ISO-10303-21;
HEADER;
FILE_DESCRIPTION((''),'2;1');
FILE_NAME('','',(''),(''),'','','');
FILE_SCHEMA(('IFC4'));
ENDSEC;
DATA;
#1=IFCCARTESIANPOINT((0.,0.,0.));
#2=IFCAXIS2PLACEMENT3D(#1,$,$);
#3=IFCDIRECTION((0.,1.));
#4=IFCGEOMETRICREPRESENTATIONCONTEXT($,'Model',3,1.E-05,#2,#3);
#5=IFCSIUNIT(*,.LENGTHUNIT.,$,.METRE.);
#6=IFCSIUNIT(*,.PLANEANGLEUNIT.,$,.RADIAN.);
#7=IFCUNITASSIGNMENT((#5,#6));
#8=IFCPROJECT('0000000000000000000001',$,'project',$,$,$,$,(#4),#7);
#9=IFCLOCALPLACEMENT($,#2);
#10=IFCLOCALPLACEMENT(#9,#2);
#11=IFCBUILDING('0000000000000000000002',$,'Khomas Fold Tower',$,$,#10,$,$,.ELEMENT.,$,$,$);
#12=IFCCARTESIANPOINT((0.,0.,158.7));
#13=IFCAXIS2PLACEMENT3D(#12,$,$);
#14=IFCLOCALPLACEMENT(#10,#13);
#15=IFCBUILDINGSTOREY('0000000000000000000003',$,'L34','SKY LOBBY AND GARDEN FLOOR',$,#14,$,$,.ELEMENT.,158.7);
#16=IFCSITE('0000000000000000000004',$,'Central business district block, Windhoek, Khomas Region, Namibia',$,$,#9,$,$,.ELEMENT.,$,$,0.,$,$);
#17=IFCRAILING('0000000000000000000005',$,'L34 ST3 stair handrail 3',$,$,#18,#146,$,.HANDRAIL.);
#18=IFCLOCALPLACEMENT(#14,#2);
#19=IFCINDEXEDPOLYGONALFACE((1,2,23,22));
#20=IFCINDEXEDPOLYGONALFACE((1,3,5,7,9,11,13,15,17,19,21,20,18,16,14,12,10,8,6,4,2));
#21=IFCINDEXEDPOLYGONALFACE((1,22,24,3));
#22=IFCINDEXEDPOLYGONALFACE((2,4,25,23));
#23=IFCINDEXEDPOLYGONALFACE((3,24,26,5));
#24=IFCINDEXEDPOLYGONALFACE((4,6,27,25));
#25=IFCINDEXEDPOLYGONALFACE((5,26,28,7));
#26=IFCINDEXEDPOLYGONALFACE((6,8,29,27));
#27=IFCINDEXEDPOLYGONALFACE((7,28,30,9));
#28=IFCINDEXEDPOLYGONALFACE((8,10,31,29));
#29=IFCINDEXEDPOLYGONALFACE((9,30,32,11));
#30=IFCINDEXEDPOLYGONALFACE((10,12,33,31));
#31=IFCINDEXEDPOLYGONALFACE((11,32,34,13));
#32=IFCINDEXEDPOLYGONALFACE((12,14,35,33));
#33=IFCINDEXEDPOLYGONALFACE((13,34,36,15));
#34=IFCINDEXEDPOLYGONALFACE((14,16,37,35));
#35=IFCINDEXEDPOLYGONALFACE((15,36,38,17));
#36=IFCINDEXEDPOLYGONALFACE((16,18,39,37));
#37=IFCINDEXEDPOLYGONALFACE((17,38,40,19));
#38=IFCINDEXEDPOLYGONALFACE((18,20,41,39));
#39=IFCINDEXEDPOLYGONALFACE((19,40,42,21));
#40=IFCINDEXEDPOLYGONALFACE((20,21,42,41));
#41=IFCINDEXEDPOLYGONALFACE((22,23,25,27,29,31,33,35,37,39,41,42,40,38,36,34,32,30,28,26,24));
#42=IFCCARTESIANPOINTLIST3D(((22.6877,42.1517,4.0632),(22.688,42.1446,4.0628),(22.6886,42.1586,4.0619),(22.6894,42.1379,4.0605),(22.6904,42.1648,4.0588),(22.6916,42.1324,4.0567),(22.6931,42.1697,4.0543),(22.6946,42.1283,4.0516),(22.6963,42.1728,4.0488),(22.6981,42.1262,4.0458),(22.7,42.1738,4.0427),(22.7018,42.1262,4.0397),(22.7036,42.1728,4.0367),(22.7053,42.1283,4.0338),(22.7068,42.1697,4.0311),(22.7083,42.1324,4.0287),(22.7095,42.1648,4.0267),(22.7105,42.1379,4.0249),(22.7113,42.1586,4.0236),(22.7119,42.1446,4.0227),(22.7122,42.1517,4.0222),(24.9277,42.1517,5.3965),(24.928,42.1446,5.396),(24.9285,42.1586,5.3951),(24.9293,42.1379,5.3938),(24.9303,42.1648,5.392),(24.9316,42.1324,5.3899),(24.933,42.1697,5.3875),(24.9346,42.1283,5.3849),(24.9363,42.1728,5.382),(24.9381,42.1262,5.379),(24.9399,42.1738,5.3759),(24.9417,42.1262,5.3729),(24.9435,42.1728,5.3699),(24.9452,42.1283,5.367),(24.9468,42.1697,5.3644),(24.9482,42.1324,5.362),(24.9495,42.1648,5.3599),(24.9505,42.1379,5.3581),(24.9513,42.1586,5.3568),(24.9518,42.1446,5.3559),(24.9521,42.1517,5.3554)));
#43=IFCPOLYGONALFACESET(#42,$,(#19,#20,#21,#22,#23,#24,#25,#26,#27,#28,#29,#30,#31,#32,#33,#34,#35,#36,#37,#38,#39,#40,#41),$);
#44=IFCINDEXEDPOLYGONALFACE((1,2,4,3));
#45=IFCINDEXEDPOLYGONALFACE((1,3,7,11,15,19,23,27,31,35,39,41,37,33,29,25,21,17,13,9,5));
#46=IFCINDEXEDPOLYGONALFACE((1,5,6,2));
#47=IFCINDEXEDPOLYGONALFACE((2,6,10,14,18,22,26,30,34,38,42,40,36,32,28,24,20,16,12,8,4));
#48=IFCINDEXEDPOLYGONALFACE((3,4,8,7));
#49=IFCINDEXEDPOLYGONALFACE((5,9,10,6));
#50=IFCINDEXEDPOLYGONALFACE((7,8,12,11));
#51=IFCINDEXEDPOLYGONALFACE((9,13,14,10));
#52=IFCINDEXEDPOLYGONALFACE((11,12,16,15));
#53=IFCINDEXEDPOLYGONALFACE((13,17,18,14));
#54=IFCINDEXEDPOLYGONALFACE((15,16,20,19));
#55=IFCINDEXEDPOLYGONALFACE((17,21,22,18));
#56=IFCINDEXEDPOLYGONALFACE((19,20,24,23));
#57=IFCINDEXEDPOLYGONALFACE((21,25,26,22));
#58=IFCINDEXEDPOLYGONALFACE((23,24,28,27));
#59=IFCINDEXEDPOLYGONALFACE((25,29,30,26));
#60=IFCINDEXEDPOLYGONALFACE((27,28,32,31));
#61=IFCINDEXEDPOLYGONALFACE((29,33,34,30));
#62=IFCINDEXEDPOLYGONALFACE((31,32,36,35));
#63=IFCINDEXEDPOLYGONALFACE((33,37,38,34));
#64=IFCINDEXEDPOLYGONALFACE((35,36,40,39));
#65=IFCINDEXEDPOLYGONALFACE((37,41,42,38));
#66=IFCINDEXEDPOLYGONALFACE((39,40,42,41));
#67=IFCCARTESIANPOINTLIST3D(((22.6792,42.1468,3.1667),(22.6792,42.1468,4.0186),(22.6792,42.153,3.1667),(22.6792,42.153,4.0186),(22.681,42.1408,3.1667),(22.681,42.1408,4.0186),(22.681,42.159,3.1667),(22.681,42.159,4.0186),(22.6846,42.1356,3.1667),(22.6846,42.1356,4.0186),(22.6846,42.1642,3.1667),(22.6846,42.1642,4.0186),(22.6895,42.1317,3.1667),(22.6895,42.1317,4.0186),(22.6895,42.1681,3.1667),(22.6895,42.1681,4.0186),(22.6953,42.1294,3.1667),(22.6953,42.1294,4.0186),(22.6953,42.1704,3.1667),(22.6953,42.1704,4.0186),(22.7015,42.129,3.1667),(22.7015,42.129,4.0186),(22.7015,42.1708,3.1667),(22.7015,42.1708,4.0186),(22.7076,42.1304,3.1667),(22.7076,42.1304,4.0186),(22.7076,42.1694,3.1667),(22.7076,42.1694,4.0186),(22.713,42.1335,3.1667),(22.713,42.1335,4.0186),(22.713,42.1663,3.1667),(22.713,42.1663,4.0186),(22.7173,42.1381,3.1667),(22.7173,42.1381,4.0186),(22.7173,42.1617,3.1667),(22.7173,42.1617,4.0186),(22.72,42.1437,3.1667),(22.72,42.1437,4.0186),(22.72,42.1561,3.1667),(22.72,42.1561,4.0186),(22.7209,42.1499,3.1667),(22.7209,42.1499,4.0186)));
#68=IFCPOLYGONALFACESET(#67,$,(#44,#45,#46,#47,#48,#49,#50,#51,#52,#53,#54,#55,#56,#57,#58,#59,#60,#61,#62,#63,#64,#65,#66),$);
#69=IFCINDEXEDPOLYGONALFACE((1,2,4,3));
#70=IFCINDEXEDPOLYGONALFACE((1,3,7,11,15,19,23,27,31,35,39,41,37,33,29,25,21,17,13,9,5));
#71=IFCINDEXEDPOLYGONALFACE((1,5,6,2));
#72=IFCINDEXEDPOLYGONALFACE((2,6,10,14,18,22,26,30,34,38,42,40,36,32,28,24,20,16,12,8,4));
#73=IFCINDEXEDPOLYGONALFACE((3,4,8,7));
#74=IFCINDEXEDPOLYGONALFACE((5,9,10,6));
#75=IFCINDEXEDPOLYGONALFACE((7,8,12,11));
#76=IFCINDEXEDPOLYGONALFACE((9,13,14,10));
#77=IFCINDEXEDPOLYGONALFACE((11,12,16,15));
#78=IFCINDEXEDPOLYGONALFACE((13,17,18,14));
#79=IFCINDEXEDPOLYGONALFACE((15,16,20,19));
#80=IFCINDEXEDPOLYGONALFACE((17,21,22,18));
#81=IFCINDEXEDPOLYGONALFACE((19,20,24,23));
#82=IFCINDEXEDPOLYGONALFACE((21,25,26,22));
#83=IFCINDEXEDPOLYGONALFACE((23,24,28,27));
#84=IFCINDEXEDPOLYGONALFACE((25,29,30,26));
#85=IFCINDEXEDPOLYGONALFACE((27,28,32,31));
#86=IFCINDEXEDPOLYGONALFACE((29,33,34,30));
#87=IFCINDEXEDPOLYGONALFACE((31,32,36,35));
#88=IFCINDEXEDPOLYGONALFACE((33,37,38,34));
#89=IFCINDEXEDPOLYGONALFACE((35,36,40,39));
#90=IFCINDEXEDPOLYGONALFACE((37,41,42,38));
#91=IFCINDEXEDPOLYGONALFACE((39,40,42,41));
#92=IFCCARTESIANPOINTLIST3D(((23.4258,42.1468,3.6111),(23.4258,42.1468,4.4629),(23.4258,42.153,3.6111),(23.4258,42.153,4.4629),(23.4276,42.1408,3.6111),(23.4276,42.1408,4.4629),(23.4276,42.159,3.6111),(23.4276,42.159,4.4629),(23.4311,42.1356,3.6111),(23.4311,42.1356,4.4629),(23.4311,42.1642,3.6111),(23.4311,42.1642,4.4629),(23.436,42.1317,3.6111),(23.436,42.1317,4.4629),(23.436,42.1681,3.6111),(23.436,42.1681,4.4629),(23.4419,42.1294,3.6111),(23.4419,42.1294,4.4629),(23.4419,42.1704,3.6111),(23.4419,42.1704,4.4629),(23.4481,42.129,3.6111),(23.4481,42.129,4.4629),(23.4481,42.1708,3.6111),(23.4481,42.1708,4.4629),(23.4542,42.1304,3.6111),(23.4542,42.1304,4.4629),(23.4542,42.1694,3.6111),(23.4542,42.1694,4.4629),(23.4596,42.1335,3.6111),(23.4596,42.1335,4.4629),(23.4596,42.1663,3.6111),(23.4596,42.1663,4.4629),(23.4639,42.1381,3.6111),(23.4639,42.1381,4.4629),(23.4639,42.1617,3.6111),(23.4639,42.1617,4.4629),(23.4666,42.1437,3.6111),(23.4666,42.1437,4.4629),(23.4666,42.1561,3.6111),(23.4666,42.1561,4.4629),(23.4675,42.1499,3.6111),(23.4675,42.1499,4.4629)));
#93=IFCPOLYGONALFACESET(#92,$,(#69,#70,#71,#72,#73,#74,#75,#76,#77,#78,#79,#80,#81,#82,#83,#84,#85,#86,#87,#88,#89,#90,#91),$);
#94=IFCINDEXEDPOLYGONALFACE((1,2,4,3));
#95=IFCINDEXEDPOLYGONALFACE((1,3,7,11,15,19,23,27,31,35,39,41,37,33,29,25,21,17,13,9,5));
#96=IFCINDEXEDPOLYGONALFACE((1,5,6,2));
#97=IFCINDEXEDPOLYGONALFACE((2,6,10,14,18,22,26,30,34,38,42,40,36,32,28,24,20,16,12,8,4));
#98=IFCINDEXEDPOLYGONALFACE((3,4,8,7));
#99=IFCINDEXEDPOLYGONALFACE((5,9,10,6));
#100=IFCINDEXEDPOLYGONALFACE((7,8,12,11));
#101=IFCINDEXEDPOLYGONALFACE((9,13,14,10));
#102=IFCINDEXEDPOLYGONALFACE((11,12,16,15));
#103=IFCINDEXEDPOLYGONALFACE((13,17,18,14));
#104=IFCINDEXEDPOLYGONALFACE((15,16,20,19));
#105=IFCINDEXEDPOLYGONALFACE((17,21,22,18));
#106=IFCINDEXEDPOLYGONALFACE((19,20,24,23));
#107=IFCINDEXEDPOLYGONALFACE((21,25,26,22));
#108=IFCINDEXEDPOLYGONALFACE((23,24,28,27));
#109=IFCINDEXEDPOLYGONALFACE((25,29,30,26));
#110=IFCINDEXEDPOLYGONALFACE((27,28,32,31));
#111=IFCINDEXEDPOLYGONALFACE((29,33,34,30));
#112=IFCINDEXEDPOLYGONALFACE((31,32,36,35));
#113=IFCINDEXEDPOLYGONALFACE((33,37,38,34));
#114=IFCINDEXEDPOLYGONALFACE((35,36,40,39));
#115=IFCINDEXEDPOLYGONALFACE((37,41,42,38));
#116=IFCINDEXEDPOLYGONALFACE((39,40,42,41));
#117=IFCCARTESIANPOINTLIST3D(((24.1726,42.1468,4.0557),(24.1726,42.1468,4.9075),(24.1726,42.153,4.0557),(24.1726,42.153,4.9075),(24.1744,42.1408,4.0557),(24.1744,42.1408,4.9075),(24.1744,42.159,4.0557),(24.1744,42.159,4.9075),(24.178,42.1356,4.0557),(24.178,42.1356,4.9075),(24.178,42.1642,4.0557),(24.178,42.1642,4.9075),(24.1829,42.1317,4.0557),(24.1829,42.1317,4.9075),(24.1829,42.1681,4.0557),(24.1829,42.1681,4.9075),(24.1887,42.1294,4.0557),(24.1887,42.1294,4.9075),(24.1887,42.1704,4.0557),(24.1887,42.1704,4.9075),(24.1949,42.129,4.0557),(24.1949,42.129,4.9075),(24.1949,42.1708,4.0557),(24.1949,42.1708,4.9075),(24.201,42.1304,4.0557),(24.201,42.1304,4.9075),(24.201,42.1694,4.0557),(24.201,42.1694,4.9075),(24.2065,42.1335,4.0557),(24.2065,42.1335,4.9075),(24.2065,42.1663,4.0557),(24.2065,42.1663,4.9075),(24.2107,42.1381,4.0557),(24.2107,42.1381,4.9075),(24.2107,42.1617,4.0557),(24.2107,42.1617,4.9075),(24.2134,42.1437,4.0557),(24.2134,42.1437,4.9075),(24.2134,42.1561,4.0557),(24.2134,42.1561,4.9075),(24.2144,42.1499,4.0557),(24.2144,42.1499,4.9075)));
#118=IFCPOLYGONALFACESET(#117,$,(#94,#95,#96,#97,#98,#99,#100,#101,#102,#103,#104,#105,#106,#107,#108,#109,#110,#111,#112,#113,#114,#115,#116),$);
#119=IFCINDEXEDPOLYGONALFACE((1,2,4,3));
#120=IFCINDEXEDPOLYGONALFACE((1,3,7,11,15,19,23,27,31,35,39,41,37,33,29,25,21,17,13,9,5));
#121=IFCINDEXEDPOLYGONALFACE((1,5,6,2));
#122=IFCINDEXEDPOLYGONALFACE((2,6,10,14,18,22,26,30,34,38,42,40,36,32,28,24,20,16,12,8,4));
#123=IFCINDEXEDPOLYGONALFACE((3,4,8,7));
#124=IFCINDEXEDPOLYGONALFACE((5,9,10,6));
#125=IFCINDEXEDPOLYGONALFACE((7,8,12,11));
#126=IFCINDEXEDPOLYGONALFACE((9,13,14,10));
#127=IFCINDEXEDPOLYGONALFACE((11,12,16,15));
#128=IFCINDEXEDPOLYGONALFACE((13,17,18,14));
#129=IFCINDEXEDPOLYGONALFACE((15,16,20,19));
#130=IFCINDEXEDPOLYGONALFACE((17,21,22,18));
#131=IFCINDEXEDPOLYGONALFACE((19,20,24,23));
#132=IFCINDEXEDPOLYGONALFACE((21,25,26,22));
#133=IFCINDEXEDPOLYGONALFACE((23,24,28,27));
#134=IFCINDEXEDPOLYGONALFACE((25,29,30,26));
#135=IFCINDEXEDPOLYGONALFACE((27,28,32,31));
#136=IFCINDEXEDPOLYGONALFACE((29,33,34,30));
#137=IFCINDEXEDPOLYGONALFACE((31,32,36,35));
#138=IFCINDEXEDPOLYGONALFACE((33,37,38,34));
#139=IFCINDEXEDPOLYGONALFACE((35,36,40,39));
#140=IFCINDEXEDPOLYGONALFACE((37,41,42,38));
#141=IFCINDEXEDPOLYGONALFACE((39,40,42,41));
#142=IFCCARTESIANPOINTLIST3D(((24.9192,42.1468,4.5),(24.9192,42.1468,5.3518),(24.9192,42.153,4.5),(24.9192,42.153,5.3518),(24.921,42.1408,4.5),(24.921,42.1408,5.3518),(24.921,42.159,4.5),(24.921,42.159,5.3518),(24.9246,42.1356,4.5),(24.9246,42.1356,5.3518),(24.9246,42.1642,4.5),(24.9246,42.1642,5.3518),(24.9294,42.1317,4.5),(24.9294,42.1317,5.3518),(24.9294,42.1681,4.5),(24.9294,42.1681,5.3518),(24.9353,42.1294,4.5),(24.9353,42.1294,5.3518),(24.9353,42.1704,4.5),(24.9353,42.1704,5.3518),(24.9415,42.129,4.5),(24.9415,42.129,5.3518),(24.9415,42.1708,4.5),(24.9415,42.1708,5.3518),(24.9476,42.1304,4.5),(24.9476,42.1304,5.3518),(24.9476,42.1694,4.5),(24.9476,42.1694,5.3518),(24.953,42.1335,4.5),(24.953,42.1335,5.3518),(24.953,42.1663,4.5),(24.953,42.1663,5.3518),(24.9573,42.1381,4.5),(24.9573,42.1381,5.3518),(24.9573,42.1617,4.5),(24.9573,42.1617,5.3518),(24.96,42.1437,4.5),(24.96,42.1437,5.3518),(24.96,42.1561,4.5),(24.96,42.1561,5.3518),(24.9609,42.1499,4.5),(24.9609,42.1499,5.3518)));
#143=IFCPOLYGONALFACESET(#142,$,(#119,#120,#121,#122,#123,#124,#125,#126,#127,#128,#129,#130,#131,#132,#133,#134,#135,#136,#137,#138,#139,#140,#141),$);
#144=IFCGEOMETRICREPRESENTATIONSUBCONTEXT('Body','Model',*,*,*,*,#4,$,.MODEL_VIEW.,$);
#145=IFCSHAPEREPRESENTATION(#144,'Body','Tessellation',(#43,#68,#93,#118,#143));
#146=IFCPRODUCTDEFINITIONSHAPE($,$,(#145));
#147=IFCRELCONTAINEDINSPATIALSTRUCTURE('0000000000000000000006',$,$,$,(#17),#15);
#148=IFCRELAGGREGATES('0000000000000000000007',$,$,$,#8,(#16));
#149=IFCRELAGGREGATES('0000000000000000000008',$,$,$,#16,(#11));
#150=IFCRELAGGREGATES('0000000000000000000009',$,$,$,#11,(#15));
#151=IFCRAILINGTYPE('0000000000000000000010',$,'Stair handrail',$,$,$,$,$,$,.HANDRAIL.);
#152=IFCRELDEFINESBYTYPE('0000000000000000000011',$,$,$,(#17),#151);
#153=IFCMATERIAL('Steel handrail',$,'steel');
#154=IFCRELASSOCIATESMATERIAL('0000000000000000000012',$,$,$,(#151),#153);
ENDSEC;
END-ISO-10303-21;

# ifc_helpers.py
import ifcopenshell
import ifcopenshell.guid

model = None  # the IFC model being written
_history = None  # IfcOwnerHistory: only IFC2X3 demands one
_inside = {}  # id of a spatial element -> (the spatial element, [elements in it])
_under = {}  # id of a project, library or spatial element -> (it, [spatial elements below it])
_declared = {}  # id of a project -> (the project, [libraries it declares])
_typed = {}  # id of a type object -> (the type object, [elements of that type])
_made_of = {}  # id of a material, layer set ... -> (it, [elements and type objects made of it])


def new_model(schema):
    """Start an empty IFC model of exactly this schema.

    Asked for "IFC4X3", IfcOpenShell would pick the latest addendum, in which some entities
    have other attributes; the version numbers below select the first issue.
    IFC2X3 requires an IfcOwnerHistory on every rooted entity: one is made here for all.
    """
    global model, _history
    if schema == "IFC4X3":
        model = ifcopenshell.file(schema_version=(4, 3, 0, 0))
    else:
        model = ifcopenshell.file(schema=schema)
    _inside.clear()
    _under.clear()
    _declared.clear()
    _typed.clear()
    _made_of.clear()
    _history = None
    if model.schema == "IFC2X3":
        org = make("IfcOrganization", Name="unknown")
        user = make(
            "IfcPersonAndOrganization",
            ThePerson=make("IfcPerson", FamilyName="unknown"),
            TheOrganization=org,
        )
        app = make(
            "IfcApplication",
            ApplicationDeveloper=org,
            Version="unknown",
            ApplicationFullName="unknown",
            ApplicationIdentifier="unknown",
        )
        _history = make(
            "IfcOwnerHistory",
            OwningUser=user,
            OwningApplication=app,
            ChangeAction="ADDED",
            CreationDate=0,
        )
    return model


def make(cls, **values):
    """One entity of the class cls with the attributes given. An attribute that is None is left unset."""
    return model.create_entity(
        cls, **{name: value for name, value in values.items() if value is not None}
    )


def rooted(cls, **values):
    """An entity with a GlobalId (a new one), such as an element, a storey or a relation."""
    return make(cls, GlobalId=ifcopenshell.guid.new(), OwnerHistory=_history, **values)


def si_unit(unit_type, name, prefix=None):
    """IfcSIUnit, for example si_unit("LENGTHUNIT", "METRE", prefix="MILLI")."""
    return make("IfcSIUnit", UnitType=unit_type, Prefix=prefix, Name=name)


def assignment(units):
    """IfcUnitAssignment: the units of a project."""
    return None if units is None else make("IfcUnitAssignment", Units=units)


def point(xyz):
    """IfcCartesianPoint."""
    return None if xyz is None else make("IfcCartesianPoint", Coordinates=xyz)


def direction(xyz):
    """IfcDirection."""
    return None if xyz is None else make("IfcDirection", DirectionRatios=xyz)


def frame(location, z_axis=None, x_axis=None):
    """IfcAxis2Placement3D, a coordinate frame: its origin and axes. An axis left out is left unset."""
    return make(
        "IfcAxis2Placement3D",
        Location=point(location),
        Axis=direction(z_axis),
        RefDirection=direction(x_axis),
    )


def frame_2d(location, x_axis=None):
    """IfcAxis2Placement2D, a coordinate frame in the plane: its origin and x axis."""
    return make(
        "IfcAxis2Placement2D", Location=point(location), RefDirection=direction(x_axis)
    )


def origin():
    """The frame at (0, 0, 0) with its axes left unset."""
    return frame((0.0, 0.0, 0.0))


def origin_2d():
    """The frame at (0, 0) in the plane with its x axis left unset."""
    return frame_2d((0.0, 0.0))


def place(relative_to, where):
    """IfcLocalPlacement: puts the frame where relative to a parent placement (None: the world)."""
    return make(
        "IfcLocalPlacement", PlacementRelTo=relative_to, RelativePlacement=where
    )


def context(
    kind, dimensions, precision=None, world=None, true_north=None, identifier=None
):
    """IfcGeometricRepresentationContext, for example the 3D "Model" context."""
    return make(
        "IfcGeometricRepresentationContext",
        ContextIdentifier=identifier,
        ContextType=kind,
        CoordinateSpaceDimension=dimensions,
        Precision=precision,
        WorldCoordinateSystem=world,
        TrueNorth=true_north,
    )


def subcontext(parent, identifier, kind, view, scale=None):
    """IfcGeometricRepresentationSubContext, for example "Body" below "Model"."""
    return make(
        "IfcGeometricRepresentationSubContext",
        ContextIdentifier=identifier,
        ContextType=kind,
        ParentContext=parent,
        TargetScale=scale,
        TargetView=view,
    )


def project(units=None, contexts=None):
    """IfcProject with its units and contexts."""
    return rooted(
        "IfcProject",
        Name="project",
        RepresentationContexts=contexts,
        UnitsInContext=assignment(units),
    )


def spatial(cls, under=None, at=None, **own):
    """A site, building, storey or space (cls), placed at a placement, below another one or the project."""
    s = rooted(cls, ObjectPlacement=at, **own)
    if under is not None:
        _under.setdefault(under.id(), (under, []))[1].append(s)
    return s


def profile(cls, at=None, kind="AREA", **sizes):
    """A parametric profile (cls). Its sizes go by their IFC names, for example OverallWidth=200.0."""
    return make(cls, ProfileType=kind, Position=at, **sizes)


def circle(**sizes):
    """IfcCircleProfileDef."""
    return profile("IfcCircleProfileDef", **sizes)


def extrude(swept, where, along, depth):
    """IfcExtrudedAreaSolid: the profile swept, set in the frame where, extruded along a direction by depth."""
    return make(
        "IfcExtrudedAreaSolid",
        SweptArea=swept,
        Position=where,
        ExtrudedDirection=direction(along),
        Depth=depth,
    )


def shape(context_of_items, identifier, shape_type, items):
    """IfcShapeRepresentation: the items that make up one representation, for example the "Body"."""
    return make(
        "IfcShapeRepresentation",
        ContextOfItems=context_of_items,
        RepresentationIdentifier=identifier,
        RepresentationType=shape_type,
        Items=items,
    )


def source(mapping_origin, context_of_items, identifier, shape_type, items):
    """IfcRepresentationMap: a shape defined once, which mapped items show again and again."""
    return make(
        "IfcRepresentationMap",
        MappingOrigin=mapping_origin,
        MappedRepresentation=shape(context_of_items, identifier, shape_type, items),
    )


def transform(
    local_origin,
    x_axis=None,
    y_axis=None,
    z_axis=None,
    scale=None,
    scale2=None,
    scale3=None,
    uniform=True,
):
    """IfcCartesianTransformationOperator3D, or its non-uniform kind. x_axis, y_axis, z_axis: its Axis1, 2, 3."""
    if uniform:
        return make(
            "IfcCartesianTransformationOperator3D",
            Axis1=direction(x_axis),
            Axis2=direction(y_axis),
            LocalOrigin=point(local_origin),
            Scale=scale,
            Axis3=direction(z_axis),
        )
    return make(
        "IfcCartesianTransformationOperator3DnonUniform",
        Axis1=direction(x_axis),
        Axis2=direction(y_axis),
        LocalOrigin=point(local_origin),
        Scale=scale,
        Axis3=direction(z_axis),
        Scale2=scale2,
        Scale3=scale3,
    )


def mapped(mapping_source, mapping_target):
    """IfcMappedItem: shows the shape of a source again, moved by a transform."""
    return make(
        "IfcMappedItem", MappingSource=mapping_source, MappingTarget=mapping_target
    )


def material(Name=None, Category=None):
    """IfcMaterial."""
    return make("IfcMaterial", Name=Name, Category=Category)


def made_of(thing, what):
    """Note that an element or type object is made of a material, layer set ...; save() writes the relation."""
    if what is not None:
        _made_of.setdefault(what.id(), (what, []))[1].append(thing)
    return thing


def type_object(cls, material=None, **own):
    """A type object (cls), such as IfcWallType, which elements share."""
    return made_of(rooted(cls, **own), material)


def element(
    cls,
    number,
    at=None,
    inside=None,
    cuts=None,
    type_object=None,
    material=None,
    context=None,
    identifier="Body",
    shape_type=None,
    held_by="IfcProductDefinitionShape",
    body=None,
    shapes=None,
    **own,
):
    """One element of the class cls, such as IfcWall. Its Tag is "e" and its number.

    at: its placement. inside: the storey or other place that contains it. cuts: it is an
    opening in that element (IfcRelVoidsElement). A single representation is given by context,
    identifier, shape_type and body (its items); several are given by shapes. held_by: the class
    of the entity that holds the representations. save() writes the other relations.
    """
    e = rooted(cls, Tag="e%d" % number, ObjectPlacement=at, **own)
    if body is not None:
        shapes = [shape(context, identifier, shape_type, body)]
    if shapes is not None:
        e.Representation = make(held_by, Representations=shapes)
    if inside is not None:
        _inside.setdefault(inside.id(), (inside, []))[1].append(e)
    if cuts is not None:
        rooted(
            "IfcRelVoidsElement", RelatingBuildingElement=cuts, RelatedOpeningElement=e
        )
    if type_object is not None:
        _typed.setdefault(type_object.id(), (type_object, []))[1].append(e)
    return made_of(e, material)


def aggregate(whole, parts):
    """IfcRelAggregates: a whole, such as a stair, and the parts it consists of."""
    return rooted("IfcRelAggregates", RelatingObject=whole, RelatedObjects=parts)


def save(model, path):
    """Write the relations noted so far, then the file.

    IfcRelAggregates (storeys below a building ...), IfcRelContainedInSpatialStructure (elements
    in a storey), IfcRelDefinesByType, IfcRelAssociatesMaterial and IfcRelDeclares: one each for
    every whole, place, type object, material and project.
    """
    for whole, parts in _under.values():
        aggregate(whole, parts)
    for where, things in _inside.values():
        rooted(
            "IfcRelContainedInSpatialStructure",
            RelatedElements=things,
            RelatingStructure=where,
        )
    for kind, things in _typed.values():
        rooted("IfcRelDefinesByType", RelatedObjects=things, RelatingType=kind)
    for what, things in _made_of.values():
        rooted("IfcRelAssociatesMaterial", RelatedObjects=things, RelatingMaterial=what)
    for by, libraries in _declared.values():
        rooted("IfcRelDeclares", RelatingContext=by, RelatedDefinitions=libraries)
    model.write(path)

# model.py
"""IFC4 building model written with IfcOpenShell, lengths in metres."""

from ifc_helpers import new_model, si_unit, direction, frame, origin, origin_2d, place, context, subcontext, project, spatial, circle, extrude, source, transform, mapped, material, type_object, element, save


model = new_model("IFC4")

# Units and contexts
model_context = context("Model", 3, precision=1e-05, world=origin(), true_north=direction((0.0, 1.0)))
body_context = subcontext(model_context, "Body", "Model", "MODEL_VIEW")
ifc_project = project(units=[si_unit("LENGTHUNIT", "METRE"), si_unit("PLANEANGLEUNIT", "RADIAN")], contexts=[model_context])

# Site, building, storey
site_placement = place(None, origin())
site = spatial("IfcSite", under=ifc_project, at=site_placement, Name="Central business district block, Windhoek, Khomas Region, Namibia", CompositionType="ELEMENT", RefElevation=0.0)
building_placement = place(site_placement, origin())
building = spatial("IfcBuilding", under=site, at=building_placement, Name="Khomas Fold Tower", CompositionType="ELEMENT")
storey_placement = place(building_placement, frame((0.0, 0.0, 158.7)))
storey = spatial("IfcBuildingStorey", under=building, at=storey_placement, Name="L34", Description="SKY LOBBY AND GARDEN FLOOR", CompositionType="ELEMENT", Elevation=158.7)

# Railing
ifc_material_1 = material(Name="Steel handrail", Category="steel")
railing_type_1 = type_object("IfcRailingType", Name="Stair handrail", PredefinedType="HANDRAIL", material=ifc_material_1)
shared_shape_1 = source(origin(), body_context, "Body", "SweptSolid", [
    extrude(circle(Radius=0.0239, at=origin_2d()), frame((0.0, 0.0, 0.876), z_axis=(0.859306, 0.0, 0.511462), x_axis=(0.0, 1.0, 0.0)), (0.0, 0.0, 1.0), 2.6067),
    extrude(circle(Radius=0.021, at=origin_2d()), origin(), (0.0, 0.0, 1.0), 0.8518),
    extrude(circle(Radius=0.021, at=origin_2d()), frame((0.7466, 0.0, 0.4443)), (0.0, 0.0, 1.0), 0.8518),
    extrude(circle(Radius=0.021, at=origin_2d()), frame((1.4934, 0.0, 0.8889)), (0.0, 0.0, 1.0), 0.8518),
    extrude(circle(Radius=0.021, at=origin_2d()), frame((2.24, 0.0, 1.3333)), (0.0, 0.0, 1.0), 0.8518),
])
for number, where, name in (
    (1, (22.7, 42.1499, 3.1667), "L34 ST3 stair handrail 3"),
):
    element("IfcRailing", number, at=place(storey_placement, frame(where)), inside=storey, type_object=railing_type_1, Name=name, PredefinedType="HANDRAIL", context=body_context, shape_type="MappedRepresentation", body=[
        mapped(shared_shape_1, transform((0.0, 0.0, 0.0))),
    ])

save(model, "model.ifc")
